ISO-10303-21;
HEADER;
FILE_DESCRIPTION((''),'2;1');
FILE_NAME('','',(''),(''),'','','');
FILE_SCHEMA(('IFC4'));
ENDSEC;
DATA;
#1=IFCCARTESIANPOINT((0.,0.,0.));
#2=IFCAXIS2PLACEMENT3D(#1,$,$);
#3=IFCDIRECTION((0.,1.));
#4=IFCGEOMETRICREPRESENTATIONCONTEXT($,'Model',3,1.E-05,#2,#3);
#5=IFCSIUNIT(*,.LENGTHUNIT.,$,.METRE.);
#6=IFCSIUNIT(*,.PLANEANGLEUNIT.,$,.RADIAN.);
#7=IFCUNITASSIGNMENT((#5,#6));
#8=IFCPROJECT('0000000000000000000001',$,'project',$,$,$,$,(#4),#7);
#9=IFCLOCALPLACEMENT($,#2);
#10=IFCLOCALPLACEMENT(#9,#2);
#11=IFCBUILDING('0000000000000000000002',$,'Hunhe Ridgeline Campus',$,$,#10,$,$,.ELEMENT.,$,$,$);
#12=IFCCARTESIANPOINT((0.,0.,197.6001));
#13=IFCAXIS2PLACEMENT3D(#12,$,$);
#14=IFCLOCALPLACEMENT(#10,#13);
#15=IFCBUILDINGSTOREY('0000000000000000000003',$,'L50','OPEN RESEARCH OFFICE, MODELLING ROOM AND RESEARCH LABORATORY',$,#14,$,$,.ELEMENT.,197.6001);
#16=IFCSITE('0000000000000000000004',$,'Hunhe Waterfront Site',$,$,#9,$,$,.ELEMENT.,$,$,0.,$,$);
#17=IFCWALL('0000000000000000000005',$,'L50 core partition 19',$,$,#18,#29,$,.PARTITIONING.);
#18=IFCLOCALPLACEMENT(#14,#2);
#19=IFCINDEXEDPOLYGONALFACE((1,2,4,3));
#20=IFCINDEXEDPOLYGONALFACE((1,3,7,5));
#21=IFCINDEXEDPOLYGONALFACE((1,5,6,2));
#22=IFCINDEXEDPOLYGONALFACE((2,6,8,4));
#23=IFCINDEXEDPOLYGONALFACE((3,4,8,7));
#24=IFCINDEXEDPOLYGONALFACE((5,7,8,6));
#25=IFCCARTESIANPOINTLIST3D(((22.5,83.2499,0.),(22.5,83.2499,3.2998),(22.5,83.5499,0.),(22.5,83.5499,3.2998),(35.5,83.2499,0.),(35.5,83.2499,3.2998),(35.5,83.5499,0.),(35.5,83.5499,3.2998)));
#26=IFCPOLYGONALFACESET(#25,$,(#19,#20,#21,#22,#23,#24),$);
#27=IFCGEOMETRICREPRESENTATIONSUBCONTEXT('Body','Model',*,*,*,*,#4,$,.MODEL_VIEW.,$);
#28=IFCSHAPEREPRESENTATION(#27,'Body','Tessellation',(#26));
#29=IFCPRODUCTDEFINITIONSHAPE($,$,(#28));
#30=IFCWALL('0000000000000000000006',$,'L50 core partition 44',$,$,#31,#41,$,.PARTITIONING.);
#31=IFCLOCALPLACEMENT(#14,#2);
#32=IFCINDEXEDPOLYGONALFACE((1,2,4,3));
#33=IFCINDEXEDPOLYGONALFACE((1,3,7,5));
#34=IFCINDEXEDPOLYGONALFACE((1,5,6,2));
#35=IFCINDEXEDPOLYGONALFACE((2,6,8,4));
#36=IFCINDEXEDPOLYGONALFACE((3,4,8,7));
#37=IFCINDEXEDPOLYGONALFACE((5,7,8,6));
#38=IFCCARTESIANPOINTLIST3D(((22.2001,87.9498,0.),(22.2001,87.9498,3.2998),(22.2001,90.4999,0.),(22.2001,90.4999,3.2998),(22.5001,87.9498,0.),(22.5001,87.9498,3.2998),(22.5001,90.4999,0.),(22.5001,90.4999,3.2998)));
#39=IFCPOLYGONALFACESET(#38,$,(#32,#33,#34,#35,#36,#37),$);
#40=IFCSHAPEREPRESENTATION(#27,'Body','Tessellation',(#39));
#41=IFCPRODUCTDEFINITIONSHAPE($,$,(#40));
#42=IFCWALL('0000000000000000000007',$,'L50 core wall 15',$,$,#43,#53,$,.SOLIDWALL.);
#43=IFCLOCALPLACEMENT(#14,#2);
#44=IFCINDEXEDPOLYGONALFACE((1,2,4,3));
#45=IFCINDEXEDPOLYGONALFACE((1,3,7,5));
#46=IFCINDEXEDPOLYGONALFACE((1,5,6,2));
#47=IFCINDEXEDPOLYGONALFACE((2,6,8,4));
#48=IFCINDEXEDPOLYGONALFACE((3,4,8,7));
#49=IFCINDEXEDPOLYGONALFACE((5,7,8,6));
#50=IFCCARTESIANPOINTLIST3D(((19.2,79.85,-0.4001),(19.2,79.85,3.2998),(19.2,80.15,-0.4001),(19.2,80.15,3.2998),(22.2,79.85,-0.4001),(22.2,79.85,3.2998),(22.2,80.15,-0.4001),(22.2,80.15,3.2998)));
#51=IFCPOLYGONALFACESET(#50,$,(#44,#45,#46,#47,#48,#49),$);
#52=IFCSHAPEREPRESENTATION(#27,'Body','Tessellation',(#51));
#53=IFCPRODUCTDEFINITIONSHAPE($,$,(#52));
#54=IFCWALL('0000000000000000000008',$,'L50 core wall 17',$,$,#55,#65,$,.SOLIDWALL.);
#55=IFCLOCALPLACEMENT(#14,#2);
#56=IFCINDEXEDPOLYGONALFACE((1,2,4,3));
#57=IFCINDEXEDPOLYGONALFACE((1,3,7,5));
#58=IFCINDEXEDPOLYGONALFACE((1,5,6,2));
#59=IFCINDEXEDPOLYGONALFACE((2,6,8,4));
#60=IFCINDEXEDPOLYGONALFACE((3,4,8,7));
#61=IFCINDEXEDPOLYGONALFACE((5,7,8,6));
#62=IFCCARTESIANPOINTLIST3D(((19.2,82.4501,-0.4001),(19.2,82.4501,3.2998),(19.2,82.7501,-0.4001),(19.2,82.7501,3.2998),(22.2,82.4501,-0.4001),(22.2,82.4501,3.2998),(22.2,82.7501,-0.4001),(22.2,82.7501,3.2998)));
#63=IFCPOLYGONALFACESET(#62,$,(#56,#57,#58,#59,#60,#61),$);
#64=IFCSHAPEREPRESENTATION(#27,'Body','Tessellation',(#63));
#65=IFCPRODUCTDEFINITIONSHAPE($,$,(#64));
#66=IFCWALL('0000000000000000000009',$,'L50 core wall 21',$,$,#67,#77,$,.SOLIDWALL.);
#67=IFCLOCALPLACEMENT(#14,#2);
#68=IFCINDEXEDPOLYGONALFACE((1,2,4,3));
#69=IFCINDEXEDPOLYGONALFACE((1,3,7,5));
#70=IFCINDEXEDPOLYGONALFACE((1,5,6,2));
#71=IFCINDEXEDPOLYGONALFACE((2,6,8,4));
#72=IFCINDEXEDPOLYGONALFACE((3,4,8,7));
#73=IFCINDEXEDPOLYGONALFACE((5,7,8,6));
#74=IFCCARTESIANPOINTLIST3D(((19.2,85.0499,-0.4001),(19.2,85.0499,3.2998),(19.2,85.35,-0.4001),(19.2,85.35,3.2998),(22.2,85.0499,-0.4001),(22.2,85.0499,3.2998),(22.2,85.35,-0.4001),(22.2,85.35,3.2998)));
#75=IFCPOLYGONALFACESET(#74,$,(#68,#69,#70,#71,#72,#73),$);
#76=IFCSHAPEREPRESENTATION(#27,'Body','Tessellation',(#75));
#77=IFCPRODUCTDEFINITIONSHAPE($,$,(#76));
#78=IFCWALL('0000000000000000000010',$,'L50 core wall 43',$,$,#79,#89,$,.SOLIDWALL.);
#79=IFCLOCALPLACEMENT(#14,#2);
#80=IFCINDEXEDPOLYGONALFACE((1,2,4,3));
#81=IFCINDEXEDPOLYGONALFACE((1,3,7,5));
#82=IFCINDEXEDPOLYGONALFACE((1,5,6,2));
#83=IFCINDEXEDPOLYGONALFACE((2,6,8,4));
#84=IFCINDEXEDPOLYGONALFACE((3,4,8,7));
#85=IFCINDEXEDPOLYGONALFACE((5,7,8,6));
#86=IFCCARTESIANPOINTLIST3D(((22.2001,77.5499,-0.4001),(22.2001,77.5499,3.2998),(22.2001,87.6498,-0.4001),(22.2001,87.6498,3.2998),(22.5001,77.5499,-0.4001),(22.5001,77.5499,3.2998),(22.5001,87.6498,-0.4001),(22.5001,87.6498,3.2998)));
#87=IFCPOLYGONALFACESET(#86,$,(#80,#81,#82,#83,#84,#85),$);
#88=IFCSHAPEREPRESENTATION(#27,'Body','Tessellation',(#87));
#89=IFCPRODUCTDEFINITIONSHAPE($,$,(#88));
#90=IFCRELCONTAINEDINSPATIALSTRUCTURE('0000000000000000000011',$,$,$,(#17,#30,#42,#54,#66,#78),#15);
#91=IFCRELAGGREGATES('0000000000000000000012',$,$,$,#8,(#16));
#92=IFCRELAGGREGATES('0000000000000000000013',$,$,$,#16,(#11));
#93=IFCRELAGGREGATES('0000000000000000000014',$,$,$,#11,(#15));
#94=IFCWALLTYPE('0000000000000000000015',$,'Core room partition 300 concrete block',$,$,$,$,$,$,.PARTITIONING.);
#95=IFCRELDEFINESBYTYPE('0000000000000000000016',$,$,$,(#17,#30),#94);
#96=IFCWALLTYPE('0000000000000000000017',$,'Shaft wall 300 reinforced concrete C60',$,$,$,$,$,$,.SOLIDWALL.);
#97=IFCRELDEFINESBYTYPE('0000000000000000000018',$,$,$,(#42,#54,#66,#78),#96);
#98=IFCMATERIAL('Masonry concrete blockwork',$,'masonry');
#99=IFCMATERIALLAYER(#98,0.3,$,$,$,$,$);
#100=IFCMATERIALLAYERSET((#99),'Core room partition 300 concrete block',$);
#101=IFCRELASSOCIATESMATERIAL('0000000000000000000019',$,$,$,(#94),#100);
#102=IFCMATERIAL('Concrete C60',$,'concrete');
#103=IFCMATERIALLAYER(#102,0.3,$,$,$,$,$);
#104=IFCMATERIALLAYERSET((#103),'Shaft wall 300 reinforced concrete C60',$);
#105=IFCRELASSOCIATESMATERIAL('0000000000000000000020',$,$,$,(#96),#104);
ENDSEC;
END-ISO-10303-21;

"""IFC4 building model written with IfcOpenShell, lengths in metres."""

from ifc_helpers import new_model, si_unit, direction, frame, frame_2d, origin, place, context, subcontext, project, spatial, rectangle, extrude, material, layer, layer_set, type_object, element, save


model = new_model("IFC4")

# Units and contexts
model_context = context("Model", 3, precision=1e-05, world=origin(), true_north=direction((0.0, 1.0)))
body_context = subcontext(model_context, "Body", "Model", "MODEL_VIEW")
ifc_project = project(units=[si_unit("LENGTHUNIT", "METRE"), si_unit("PLANEANGLEUNIT", "RADIAN")], contexts=[model_context])

# Site, building, storey
site_placement = place(None, origin())
site = spatial("IfcSite", under=ifc_project, at=site_placement, Name="Hunhe Waterfront Site", CompositionType="ELEMENT", RefElevation=0.0)
building_placement = place(site_placement, origin())
building = spatial("IfcBuilding", under=site, at=building_placement, Name="Hunhe Ridgeline Campus", CompositionType="ELEMENT")
storey_placement = place(building_placement, frame((0.0, 0.0, 197.6001)))
storey = spatial("IfcBuildingStorey", under=building, at=storey_placement, Name="L50", Description="OPEN RESEARCH OFFICE, MODELLING ROOM AND RESEARCH LABORATORY", CompositionType="ELEMENT", Elevation=197.6001)

# Shared definitions
ifc_material_1 = material(Name="Masonry concrete blockwork", Category="masonry")
ifc_layer_1 = layer(ifc_material_1, 0.3)
ifc_layer_set_1 = layer_set([ifc_layer_1], Name="Core room partition 300 concrete block")
wall_type_1 = type_object("IfcWallType", Name="Core room partition 300 concrete block", PredefinedType="PARTITIONING", material=ifc_layer_set_1)

# Walls
wall_1_placement = place(storey_placement, frame((22.5, 83.3999, 0.0), z_axis=(0.0, 0.0, 1.0), x_axis=(1.0, 0.0, 0.0)))
element("IfcWall", 1, at=wall_1_placement, inside=storey, type_object=wall_type_1, Name="L50 core partition 19", PredefinedType="PARTITIONING", context=body_context, shape_type="SweptSolid", body=[
    extrude(rectangle(XDim=13.0, YDim=0.3, at=frame_2d((6.5, 0.0))), origin(), (0.0, 0.0, 1.0), 3.2998),
])
wall_2_placement = place(storey_placement, frame((22.3501, 87.95, 0.0), z_axis=(0.0, 0.0, 1.0), x_axis=(0.0, 1.0, 0.0)))
element("IfcWall", 2, at=wall_2_placement, inside=storey, type_object=wall_type_1, Name="L50 core partition 44", PredefinedType="PARTITIONING", context=body_context, shape_type="SweptSolid", body=[
    extrude(rectangle(XDim=2.55, YDim=0.3, at=frame_2d((1.2749, 0.0))), origin(), (0.0, 0.0, 1.0), 3.2998),
])
ifc_material_2 = material(Name="Concrete C60", Category="concrete")
ifc_layer_2 = layer(ifc_material_2, 0.3)
ifc_layer_set_2 = layer_set([ifc_layer_2], Name="Shaft wall 300 reinforced concrete C60")
wall_type_2 = type_object("IfcWallType", Name="Shaft wall 300 reinforced concrete C60", PredefinedType="SOLIDWALL", material=ifc_layer_set_2)
for number, where, z_axis, x_axis, name in (
    (3, (19.2, 80.0, -0.4001), (0.0, 0.0, 1.0), (1.0, 0.0, 0.0), "L50 core wall 15"),
    (4, (19.2, 82.6001, -0.4001), (0.0, 0.0, 1.0), (1.0, 0.0, 0.0), "L50 core wall 17"),
    (5, (19.2, 85.2, -0.4001), (0.0, 0.0, 1.0), (1.0, 0.0, 0.0), "L50 core wall 21"),
):
    element("IfcWall", number, at=place(storey_placement, frame(where, z_axis=z_axis, x_axis=x_axis)), inside=storey, type_object=wall_type_2, Name=name, PredefinedType="SOLIDWALL", context=body_context, shape_type="SweptSolid", body=[
        extrude(rectangle(XDim=3.0, YDim=0.3, at=frame_2d((1.5, 0.0))), origin(), (0.0, 0.0, 1.0), 3.7),
    ])

# Wall
wall_3_placement = place(storey_placement, frame((22.3501, 77.55, -0.4001), z_axis=(0.0, 0.0, 1.0), x_axis=(0.0, 1.0, 0.0)))
element("IfcWall", 6, at=wall_3_placement, inside=storey, type_object=wall_type_2, Name="L50 core wall 43", PredefinedType="SOLIDWALL", context=body_context, shape_type="SweptSolid", body=[
    extrude(rectangle(XDim=10.0999, YDim=0.3, at=frame_2d((5.0498, 0.0))), origin(), (0.0, 0.0, 1.0), 3.7),
])

save(model, "model.ifc")
